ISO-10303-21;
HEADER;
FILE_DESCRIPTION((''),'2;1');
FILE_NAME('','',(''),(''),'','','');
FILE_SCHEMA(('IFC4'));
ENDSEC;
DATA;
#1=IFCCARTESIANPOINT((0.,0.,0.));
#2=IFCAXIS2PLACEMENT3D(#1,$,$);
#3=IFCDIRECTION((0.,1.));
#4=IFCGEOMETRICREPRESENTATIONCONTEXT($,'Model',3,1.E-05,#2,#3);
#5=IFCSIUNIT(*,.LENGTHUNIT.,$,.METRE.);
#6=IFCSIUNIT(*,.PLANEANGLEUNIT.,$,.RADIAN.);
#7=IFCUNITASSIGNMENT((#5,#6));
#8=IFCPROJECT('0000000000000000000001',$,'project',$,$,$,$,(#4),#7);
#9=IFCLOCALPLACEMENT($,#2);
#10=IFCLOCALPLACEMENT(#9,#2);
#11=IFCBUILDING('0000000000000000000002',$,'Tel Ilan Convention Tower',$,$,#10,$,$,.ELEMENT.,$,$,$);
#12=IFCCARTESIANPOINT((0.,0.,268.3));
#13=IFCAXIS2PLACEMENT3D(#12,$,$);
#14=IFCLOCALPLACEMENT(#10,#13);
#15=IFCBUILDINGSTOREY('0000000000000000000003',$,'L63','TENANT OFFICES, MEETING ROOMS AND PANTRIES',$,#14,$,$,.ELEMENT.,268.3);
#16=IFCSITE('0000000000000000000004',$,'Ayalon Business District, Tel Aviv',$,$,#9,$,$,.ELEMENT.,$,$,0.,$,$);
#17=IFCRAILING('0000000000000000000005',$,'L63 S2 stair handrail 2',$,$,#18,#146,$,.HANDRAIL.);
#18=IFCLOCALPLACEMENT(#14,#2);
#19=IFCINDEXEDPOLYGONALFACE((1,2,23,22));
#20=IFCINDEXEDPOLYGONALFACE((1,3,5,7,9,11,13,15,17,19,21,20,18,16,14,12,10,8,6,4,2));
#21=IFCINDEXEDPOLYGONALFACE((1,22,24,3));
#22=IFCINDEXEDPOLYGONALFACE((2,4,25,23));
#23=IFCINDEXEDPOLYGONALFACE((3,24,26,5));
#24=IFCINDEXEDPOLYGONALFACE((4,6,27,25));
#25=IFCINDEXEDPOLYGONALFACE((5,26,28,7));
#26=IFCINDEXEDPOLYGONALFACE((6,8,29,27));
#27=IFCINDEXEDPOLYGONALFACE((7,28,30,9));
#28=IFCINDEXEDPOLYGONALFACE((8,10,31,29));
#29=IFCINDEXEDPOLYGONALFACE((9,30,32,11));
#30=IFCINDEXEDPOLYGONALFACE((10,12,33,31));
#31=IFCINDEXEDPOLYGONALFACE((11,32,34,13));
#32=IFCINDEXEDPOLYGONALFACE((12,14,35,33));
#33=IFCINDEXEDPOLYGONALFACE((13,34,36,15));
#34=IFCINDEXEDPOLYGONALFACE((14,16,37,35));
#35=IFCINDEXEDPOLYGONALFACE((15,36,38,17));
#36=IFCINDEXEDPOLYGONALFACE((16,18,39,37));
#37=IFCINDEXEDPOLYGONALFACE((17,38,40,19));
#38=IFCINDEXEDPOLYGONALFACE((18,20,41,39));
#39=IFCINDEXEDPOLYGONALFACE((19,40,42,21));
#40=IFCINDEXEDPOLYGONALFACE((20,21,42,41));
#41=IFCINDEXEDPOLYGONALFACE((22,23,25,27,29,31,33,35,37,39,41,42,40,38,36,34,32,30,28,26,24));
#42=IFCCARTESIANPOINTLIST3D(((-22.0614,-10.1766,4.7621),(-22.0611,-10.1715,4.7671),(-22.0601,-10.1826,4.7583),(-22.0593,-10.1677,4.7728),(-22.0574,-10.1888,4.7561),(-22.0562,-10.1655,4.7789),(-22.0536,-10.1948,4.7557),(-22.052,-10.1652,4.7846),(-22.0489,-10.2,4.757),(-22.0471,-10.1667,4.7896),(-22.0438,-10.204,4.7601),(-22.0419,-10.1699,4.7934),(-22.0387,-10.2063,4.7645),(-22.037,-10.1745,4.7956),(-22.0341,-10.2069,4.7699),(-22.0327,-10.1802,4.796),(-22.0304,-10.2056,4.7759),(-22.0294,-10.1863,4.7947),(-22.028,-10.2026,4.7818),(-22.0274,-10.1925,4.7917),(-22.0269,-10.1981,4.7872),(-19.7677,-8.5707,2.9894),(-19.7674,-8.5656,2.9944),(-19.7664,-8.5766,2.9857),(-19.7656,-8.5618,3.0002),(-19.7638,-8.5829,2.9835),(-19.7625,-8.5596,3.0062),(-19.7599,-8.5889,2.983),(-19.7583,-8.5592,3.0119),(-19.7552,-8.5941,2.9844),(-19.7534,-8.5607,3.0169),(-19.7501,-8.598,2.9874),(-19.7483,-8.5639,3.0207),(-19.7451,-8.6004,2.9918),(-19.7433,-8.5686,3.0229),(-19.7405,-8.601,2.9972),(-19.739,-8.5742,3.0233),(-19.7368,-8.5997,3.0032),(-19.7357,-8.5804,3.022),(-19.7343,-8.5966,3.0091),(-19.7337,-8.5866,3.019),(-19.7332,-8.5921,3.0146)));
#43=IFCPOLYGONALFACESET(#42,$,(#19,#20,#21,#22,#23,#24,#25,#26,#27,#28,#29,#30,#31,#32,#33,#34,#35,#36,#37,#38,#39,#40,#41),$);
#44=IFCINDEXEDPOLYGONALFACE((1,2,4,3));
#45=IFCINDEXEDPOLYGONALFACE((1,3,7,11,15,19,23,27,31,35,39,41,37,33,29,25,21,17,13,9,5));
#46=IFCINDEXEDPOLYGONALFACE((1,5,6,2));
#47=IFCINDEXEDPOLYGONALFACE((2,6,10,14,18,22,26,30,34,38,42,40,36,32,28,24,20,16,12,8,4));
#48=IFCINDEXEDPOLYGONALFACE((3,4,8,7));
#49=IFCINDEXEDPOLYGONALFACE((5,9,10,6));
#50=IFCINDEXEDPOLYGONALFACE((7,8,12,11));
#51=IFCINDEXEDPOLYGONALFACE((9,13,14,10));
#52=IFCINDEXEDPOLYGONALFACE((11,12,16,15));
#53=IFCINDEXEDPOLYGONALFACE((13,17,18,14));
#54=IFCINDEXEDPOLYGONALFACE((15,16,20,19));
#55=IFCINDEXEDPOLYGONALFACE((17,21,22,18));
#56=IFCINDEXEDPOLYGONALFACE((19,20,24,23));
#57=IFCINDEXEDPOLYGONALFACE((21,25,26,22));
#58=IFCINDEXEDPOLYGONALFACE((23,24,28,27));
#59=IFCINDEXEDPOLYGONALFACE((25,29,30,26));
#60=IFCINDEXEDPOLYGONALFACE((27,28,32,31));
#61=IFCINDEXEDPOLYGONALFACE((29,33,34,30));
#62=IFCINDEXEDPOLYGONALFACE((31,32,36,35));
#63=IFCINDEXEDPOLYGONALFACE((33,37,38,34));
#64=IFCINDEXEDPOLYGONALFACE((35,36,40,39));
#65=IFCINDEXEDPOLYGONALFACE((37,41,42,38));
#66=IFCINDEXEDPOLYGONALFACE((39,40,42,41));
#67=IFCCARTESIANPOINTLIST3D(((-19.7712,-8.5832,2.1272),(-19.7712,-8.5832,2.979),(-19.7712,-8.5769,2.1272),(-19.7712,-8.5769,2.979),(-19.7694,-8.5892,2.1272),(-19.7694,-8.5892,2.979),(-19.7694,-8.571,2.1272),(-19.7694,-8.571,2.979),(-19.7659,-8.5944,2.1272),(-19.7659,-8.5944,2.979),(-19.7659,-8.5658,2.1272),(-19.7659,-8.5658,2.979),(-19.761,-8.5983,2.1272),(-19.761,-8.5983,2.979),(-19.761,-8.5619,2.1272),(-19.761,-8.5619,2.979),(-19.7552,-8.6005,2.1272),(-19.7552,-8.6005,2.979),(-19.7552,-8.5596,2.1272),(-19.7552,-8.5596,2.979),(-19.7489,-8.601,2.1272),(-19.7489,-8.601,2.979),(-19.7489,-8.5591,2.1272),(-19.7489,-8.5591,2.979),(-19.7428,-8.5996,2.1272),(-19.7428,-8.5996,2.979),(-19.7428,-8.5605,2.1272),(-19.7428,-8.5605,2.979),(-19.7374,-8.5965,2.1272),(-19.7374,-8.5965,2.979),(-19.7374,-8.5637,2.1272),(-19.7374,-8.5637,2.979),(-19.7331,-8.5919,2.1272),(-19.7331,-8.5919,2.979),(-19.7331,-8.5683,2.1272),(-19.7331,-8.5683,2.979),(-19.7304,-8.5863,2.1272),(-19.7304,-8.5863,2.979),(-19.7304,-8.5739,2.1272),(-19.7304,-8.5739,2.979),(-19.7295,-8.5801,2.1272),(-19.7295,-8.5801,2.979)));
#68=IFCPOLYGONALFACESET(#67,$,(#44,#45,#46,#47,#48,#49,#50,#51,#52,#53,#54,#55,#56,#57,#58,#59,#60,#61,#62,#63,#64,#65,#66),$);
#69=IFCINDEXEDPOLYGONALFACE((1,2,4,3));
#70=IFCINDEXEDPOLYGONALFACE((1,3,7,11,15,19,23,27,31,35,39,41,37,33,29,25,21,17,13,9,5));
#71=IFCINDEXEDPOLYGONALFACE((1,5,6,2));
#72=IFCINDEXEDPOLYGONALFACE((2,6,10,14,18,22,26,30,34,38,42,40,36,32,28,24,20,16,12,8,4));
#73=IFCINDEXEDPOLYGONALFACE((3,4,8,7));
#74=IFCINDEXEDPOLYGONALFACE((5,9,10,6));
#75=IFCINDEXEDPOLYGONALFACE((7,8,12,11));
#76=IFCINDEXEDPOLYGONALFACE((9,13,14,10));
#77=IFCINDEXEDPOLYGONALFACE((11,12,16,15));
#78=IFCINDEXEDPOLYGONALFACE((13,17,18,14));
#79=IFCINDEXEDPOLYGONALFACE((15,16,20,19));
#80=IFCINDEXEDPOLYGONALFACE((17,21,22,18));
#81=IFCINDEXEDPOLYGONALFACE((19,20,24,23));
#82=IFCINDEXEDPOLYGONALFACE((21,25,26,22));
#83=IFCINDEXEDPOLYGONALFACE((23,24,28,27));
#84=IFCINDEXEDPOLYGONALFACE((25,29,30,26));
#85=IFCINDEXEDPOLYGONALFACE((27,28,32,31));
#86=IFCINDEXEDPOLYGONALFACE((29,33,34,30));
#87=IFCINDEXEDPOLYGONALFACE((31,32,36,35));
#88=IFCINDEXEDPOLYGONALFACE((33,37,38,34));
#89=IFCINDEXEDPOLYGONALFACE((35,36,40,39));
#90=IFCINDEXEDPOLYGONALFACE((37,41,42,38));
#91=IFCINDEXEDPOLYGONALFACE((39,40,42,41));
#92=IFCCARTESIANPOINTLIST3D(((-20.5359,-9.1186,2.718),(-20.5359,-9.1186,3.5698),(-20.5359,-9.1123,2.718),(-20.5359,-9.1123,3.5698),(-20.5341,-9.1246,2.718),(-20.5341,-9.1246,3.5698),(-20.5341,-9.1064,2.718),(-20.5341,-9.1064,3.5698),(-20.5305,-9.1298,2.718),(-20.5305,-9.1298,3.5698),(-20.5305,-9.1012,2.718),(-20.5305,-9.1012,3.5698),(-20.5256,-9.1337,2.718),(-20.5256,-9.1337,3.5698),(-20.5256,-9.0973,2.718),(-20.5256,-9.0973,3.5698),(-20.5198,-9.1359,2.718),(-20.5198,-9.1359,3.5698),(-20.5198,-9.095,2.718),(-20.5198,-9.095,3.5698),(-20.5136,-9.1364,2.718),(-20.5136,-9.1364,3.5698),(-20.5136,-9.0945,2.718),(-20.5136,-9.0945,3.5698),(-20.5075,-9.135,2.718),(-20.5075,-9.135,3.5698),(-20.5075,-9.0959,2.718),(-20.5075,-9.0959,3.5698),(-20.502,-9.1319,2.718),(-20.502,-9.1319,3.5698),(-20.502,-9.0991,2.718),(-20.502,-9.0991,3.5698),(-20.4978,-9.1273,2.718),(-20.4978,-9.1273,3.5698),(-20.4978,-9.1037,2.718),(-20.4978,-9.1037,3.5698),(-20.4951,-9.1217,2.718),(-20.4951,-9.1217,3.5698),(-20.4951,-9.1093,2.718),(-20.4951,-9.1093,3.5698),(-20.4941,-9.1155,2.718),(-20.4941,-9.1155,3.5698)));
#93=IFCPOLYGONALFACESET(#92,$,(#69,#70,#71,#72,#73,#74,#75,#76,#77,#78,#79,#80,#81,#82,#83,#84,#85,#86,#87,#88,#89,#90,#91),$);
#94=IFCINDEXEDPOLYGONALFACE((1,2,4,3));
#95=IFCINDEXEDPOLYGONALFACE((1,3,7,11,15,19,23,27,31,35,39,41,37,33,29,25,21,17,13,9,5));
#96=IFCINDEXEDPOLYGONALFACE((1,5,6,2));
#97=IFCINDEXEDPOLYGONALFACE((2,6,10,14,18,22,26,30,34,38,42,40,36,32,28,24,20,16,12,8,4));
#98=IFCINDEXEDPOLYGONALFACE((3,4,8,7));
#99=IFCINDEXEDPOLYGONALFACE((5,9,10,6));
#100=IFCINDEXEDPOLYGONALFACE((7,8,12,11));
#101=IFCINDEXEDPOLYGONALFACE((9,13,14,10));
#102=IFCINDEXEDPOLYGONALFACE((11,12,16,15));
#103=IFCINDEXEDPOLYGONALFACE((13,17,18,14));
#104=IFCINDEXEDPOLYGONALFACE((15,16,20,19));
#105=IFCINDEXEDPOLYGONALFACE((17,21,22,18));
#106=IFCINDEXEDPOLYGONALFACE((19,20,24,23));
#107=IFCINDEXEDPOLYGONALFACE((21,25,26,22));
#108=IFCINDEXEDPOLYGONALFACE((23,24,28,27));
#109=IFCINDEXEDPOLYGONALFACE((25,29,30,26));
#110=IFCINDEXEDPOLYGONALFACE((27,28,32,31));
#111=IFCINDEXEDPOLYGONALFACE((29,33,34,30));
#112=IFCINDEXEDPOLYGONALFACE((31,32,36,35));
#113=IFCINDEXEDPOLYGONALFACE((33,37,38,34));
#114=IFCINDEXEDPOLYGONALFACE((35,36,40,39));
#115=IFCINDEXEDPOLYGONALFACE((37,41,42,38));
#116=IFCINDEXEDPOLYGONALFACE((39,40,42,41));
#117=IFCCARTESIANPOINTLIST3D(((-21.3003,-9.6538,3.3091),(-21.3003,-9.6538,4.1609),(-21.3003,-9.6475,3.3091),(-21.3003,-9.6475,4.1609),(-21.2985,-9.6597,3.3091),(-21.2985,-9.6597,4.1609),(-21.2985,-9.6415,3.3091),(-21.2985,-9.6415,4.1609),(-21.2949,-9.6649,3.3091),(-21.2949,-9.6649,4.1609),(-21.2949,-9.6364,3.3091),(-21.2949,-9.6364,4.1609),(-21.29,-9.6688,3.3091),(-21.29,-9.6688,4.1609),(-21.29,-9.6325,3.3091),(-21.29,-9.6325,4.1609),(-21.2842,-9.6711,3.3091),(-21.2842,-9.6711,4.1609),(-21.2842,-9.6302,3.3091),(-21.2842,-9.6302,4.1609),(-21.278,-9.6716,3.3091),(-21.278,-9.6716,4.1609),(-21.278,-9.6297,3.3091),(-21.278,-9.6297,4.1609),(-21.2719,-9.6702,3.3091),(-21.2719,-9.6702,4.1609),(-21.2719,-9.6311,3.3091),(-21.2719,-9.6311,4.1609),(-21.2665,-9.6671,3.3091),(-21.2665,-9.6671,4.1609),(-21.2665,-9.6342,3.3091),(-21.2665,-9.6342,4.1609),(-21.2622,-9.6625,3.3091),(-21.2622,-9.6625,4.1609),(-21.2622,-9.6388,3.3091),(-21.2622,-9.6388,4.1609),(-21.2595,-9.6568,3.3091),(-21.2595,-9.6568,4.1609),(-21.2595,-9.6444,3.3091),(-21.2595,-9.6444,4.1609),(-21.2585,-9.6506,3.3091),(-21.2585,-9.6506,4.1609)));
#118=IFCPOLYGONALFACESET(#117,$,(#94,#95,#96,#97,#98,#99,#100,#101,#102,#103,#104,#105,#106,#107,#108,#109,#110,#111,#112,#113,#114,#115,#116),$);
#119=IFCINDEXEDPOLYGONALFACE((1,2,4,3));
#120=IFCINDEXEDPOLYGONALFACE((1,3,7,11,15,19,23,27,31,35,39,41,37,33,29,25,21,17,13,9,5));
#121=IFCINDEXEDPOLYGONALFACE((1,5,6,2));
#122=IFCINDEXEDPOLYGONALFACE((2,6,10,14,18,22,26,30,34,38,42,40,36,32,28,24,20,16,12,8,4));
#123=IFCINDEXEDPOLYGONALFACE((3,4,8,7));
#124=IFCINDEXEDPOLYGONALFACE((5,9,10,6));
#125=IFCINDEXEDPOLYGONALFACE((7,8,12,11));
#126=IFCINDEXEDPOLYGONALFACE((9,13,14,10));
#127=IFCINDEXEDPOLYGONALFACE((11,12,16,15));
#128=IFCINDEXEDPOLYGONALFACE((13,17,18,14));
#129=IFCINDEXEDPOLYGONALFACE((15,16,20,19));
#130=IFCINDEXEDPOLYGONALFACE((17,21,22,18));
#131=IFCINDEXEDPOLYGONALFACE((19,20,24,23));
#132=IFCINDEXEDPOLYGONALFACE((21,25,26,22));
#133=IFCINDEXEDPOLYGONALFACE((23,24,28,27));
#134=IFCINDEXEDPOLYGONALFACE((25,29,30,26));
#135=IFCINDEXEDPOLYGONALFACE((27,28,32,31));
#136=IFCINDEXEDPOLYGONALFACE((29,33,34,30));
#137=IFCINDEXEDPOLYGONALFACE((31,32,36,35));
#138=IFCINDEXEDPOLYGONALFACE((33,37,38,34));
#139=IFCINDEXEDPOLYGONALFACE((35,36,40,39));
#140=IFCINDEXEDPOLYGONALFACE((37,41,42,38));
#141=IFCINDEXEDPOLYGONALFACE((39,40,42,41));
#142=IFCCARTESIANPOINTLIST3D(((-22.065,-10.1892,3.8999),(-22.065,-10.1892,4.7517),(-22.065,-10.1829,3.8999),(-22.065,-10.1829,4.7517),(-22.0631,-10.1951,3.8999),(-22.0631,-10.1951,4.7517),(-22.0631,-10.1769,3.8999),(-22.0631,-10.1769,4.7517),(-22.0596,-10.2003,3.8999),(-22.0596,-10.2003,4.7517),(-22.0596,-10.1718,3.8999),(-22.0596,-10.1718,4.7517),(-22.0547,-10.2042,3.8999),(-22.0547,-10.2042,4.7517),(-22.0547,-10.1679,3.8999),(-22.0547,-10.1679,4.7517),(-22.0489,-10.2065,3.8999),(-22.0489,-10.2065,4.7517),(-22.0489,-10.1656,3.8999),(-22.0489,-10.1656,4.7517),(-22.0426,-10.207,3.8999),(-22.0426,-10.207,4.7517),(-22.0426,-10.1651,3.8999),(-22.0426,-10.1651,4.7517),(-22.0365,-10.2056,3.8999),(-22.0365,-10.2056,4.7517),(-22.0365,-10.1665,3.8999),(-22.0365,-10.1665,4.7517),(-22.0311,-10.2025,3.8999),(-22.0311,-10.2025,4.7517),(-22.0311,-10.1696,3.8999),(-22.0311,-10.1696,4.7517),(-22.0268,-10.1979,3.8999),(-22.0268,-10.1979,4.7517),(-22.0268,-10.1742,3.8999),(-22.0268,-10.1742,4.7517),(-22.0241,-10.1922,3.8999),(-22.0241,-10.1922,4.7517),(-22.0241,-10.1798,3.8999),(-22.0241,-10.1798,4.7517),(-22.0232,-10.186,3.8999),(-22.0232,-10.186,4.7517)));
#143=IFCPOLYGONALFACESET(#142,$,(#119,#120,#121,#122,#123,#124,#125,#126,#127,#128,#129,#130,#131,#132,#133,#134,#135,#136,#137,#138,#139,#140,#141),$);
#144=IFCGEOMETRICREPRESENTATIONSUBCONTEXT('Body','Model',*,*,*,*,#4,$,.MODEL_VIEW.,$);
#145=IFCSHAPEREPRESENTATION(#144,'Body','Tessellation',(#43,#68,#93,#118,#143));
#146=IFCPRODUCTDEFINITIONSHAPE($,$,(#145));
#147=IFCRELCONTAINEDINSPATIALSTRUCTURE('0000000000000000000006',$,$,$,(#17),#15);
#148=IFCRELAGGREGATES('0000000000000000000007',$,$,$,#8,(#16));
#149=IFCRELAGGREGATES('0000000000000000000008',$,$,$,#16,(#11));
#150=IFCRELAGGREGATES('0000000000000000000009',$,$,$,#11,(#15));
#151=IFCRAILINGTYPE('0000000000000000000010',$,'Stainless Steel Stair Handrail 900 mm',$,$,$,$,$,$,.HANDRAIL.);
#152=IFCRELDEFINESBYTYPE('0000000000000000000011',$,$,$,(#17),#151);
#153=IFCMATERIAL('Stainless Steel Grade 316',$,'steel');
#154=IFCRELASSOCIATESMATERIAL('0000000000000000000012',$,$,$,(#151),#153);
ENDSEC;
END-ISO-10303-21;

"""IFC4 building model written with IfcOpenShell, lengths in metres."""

from ifc_helpers import new_model, si_unit, direction, frame, origin, origin_2d, place, context, subcontext, project, spatial, circle, extrude, material, type_object, element, save


model = new_model("IFC4")

# Units and contexts
model_context = context("Model", 3, precision=1e-05, world=origin(), true_north=direction((0.0, 1.0)))
body_context = subcontext(model_context, "Body", "Model", "MODEL_VIEW")
ifc_project = project(units=[si_unit("LENGTHUNIT", "METRE"), si_unit("PLANEANGLEUNIT", "RADIAN")], contexts=[model_context])

# Site, building, storey
site_placement = place(None, origin())
site = spatial("IfcSite", under=ifc_project, at=site_placement, Name="Ayalon Business District, Tel Aviv", CompositionType="ELEMENT", RefElevation=0.0)
building_placement = place(site_placement, origin())
building = spatial("IfcBuilding", under=site, at=building_placement, Name="Tel Ilan Convention Tower", CompositionType="ELEMENT")
storey_placement = place(building_placement, frame((0.0, 0.0, 268.3)))
storey = spatial("IfcBuildingStorey", under=building, at=storey_placement, Name="L63", Description="TENANT OFFICES, MEETING ROOMS AND PANTRIES", CompositionType="ELEMENT", Elevation=268.3)

# Railing
ifc_material_1 = material(Name="Stainless Steel Grade 316", Category="steel")
railing_type_1 = type_object("IfcRailingType", Name="Stainless Steel Stair Handrail 900 mm", PredefinedType="HANDRAIL", material=ifc_material_1)
for number, where, name in (
    (1, (-19.7505, -8.5801, 2.1272), "L63 S2 stair handrail 2"),
):
    element("IfcRailing", number, at=place(storey_placement, frame(where)), inside=storey, type_object=railing_type_1, Name=name, PredefinedType="HANDRAIL", context=body_context, shape_type="SweptSolid", body=[
        extrude(circle(Radius=0.0239, at=origin_2d()), frame((0.0, 0.0, 0.876), z_axis=(-0.692123, -0.484597, 0.534913), x_axis=(0.57355, -0.81917, 0.0)), (0.0, 0.0, 1.0), 3.314),
        extrude(circle(Radius=0.021, at=origin_2d()), origin(), (0.0, 0.0, 1.0), 0.8518),
        extrude(circle(Radius=0.021, at=origin_2d()), frame((-0.7646, -0.5354, 0.5908)), (0.0, 0.0, 1.0), 0.8518),
        extrude(circle(Radius=0.021, at=origin_2d()), frame((-1.5291, -1.0706, 1.1819)), (0.0, 0.0, 1.0), 0.8518),
        extrude(circle(Radius=0.021, at=origin_2d()), frame((-2.2937, -1.606, 1.7727)), (0.0, 0.0, 1.0), 0.8518),
    ])

save(model, "model.ifc")
